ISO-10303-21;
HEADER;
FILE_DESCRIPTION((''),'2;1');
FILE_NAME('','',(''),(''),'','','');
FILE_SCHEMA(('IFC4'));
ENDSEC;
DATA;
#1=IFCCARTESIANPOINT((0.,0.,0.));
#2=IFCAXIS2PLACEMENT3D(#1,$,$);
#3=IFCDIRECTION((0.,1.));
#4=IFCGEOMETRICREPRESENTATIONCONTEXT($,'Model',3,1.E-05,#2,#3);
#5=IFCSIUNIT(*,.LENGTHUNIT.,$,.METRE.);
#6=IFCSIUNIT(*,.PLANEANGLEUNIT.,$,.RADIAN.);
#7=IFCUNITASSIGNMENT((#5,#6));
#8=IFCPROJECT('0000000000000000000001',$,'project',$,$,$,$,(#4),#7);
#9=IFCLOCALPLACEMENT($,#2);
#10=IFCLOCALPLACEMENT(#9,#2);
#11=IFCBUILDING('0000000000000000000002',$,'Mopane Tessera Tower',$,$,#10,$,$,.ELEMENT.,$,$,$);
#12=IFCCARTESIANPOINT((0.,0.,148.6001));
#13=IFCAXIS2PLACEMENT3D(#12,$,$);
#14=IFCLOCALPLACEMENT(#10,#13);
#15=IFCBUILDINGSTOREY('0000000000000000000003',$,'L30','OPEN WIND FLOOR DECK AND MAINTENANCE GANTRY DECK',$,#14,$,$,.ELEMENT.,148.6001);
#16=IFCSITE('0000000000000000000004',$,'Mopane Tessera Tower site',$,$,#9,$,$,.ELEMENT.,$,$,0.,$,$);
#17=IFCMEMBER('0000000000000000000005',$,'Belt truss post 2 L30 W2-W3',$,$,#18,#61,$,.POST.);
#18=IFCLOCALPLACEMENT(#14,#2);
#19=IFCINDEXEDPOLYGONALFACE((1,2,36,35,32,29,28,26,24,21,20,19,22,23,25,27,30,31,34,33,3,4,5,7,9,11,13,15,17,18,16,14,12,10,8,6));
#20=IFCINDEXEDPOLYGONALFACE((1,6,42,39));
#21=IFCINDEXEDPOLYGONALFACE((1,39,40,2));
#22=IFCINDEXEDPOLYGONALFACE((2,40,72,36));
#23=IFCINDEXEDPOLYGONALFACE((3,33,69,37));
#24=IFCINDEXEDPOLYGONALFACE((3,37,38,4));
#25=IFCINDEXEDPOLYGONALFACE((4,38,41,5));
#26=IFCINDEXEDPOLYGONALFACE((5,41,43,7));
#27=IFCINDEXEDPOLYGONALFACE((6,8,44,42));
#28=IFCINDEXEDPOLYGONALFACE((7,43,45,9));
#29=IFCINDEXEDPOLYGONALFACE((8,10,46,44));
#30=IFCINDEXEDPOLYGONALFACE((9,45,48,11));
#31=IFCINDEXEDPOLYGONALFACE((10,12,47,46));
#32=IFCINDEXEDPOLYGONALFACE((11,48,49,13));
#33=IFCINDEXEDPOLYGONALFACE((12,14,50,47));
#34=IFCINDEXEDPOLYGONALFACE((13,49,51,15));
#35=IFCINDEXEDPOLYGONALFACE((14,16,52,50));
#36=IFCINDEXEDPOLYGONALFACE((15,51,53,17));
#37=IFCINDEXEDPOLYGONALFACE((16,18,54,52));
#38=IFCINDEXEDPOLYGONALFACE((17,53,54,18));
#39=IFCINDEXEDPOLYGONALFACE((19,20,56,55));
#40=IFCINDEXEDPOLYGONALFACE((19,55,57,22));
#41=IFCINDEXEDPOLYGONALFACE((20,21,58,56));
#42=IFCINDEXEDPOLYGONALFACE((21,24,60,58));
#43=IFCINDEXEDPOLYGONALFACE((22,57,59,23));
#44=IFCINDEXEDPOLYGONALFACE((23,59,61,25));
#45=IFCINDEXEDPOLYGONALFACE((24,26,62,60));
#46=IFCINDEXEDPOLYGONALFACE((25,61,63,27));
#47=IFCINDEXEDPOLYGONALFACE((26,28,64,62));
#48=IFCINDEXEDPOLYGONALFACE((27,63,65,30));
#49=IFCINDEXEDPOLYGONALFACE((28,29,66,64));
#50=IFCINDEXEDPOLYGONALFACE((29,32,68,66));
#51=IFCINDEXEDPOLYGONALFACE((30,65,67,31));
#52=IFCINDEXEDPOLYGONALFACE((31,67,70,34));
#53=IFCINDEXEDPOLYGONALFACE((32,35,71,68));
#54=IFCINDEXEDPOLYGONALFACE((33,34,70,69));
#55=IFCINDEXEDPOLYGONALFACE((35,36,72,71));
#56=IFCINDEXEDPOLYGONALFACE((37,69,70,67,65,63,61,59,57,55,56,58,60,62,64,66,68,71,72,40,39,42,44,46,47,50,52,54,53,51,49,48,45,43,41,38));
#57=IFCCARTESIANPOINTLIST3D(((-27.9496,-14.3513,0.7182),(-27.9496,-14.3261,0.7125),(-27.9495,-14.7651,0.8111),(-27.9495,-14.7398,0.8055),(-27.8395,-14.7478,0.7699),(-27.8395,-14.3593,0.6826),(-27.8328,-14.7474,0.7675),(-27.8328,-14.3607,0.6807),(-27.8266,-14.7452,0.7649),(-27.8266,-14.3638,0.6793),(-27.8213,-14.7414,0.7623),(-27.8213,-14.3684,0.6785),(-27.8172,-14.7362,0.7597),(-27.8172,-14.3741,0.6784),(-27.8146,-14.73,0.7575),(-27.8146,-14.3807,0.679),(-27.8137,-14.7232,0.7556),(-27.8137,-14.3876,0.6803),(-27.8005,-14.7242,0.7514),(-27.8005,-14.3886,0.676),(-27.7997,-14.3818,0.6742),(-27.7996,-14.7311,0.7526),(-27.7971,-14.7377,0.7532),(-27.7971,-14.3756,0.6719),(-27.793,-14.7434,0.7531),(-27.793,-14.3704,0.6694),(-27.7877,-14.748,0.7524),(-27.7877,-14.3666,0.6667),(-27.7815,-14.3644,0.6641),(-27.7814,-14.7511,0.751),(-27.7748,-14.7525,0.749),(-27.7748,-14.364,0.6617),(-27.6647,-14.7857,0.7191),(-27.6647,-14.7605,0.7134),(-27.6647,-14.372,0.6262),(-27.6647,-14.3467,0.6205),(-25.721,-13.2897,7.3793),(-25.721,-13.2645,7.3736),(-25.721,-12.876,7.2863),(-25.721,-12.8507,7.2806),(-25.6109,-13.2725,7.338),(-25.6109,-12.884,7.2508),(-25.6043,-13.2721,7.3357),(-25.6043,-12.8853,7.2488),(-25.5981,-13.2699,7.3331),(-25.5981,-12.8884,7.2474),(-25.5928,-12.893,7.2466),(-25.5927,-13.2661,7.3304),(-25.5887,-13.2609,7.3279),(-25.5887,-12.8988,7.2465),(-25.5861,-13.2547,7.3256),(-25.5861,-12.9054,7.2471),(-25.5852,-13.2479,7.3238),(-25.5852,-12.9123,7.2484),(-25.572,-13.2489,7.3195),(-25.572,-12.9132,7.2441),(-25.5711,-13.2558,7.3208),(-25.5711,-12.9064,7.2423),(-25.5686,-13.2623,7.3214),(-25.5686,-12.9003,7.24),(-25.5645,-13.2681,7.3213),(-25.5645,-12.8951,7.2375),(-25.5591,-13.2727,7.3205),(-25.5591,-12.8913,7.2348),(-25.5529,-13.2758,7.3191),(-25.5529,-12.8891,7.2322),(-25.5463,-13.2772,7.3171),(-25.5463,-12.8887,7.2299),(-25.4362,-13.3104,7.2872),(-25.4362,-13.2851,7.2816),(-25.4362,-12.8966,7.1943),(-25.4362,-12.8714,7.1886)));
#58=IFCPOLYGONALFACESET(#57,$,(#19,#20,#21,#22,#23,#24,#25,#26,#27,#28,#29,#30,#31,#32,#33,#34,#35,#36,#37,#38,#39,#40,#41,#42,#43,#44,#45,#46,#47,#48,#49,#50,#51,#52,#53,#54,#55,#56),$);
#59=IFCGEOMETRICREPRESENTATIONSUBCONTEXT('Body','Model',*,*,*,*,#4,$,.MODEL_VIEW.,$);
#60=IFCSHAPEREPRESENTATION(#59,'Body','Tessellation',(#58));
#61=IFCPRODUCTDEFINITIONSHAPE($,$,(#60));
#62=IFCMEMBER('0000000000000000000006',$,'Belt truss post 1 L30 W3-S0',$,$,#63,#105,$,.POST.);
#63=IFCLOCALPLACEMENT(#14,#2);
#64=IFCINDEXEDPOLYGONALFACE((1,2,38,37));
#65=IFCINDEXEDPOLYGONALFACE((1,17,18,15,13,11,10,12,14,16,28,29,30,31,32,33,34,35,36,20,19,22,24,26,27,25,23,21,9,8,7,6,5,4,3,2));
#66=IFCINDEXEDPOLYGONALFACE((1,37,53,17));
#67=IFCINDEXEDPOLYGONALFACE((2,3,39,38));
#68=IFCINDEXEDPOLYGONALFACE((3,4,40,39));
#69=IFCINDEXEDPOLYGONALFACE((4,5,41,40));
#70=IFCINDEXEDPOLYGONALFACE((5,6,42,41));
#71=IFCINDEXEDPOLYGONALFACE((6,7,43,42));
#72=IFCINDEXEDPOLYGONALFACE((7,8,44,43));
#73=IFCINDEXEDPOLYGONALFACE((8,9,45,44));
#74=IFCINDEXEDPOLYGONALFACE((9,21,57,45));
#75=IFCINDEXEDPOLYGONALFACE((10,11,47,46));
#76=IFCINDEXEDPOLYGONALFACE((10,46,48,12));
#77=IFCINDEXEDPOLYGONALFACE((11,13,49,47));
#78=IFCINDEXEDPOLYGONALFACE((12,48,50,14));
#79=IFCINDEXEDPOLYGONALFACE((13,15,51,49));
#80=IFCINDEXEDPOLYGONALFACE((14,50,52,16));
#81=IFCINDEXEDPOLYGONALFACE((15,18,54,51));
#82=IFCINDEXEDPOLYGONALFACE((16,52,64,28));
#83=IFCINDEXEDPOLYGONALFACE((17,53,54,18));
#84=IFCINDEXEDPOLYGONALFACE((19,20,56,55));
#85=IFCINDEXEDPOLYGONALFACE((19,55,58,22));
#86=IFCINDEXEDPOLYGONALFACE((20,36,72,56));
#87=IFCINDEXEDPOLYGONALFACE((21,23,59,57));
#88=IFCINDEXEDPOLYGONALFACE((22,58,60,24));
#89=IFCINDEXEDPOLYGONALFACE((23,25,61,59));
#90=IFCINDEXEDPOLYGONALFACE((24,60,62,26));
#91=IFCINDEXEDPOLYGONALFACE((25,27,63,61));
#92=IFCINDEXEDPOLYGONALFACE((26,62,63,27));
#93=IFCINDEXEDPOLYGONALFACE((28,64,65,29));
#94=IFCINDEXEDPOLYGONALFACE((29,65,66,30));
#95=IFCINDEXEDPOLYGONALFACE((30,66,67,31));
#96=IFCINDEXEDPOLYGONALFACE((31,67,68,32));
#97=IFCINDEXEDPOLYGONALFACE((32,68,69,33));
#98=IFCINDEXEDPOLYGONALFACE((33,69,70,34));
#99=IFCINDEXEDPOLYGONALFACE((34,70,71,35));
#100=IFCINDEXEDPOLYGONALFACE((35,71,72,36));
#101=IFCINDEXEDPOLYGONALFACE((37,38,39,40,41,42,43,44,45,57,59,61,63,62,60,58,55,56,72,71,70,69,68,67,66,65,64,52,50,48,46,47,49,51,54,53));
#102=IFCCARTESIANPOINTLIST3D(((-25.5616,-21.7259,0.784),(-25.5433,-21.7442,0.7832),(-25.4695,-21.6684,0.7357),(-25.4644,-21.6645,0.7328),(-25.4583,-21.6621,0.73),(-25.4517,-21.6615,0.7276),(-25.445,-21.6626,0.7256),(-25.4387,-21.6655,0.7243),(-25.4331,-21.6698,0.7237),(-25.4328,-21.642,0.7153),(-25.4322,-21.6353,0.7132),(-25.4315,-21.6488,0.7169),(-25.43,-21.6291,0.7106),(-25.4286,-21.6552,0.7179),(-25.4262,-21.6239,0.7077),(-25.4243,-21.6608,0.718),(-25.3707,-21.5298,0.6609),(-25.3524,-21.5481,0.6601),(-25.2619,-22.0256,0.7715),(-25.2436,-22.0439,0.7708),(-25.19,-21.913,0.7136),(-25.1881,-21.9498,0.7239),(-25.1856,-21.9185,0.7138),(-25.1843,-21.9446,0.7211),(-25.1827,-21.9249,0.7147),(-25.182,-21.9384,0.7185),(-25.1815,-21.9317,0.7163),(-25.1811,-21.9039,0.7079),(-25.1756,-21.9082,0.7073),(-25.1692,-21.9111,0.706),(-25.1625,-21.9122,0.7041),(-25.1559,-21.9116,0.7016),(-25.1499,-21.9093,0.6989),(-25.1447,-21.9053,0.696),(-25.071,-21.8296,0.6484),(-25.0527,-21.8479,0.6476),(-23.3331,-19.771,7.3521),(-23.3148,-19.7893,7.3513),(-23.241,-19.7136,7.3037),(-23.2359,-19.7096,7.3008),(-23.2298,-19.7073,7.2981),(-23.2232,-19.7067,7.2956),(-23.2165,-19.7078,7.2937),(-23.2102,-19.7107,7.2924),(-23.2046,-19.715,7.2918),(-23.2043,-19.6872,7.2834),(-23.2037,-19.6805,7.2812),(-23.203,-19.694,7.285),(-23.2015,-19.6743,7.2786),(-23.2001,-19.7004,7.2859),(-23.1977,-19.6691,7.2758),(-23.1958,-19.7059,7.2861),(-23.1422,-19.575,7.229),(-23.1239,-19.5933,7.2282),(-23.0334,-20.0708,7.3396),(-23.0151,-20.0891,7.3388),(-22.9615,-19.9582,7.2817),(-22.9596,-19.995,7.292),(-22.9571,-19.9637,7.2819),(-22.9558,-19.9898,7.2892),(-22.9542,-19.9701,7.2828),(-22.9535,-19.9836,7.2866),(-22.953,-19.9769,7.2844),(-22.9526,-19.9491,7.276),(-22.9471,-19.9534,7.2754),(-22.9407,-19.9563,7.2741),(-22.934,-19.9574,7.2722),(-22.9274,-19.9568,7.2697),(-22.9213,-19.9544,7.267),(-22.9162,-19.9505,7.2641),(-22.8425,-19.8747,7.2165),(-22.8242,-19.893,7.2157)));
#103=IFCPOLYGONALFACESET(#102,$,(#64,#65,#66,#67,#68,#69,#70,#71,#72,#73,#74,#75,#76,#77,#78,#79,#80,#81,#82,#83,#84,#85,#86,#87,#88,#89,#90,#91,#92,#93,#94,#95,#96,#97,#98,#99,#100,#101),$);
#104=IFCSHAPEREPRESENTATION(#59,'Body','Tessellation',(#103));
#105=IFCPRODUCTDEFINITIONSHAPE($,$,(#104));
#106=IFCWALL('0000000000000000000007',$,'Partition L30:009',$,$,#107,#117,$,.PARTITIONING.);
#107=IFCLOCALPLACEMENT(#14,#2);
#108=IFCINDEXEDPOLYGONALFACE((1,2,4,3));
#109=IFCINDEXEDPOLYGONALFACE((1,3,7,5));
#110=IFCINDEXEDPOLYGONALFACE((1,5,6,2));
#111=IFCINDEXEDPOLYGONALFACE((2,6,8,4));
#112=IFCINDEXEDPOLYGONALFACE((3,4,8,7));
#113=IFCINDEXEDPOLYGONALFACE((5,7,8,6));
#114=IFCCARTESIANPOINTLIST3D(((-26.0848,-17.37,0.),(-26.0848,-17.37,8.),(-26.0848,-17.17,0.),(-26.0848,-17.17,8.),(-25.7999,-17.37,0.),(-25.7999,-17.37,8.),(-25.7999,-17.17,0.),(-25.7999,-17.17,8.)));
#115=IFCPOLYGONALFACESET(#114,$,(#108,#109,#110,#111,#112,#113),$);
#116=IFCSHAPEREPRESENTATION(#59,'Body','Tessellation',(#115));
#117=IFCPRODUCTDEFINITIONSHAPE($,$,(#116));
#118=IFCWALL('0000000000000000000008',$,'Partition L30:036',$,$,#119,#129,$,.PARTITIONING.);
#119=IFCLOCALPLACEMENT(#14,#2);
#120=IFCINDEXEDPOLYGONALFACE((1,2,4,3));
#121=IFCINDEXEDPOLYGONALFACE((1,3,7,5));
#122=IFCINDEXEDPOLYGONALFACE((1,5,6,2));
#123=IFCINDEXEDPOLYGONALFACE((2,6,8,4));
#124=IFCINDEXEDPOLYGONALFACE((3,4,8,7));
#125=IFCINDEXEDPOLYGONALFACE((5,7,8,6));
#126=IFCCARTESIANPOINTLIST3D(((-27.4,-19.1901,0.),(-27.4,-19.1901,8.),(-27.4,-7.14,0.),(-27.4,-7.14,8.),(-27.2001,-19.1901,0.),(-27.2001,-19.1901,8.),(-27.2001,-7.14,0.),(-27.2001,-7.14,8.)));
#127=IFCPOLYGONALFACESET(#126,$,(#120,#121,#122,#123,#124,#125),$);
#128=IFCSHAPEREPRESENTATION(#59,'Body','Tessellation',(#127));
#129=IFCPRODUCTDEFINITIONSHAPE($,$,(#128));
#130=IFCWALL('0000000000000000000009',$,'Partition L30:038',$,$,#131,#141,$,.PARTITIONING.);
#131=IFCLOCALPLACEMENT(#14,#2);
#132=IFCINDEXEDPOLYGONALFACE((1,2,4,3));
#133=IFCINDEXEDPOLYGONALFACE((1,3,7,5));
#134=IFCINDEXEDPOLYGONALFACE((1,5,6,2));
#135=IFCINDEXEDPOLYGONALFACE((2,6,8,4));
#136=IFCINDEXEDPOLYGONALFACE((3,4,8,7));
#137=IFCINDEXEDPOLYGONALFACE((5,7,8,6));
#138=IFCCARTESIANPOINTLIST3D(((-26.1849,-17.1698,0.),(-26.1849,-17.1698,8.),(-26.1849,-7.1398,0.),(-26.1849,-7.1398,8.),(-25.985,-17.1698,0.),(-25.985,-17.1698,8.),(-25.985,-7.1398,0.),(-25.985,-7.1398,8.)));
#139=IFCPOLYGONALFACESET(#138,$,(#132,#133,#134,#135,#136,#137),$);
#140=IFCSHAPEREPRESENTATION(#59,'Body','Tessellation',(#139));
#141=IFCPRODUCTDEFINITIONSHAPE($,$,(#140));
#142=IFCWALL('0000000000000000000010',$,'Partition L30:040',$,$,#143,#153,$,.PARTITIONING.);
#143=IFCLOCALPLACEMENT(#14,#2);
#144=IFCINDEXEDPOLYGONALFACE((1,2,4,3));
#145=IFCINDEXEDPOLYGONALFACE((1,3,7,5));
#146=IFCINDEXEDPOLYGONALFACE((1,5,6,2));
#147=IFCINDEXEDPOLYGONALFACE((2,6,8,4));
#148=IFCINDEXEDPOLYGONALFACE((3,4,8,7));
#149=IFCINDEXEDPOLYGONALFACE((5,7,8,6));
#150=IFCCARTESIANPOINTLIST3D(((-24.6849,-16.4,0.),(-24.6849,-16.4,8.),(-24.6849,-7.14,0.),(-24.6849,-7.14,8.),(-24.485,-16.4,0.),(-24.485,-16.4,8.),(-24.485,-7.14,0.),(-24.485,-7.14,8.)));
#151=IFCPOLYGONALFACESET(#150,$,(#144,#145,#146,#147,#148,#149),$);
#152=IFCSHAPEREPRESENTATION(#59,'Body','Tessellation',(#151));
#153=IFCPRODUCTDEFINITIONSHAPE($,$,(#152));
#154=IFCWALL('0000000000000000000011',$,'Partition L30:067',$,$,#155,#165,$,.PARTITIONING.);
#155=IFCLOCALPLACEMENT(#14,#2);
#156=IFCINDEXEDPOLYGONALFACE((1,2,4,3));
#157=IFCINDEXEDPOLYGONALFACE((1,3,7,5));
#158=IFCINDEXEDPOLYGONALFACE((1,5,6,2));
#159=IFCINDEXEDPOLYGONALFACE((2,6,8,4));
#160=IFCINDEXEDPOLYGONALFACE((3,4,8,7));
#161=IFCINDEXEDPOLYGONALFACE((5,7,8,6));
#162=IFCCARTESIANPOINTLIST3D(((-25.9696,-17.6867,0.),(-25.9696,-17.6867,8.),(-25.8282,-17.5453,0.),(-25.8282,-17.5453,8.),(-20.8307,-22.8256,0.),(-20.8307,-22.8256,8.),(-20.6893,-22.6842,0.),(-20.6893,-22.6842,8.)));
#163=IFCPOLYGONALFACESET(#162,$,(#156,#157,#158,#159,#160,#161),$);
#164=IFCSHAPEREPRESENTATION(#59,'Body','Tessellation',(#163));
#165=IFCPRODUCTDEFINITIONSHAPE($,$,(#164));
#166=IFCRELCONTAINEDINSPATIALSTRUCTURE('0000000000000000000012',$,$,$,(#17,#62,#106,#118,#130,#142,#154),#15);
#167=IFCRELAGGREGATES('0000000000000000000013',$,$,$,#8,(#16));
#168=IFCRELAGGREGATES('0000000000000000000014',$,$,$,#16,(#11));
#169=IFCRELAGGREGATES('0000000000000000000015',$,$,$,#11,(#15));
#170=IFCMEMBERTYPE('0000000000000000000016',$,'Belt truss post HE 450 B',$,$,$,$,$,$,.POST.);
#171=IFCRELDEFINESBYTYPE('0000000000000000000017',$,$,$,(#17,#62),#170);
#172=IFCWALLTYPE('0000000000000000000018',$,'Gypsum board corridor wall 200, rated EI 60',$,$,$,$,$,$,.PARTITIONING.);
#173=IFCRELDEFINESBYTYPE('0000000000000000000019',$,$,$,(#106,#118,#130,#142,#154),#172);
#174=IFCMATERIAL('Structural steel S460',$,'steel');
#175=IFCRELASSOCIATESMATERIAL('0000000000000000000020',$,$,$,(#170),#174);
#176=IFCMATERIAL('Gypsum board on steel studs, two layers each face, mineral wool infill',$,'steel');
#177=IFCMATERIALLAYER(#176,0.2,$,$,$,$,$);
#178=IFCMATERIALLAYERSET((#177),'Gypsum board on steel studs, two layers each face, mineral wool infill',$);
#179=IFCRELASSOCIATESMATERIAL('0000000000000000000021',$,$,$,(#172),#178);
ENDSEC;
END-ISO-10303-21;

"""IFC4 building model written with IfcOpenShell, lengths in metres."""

from ifc_helpers import new_model, si_unit, direction, frame, frame_2d, origin, origin_2d, place, context, subcontext, project, spatial, rectangle, i_section, extrude, material, layer, layer_set, material_profile, profile_set, type_object, element, save


model = new_model("IFC4")

# Units and contexts
model_context = context("Model", 3, precision=1e-05, world=origin(), true_north=direction((0.0, 1.0)))
body_context = subcontext(model_context, "Body", "Model", "MODEL_VIEW")
ifc_project = project(units=[si_unit("LENGTHUNIT", "METRE"), si_unit("PLANEANGLEUNIT", "RADIAN")], contexts=[model_context])

# Site, building, storey
site_placement = place(None, origin())
site = spatial("IfcSite", under=ifc_project, at=site_placement, Name="Mopane Tessera Tower site", CompositionType="ELEMENT", RefElevation=0.0)
building_placement = place(site_placement, origin())
building = spatial("IfcBuilding", under=site, at=building_placement, Name="Mopane Tessera Tower", CompositionType="ELEMENT")
storey_placement = place(building_placement, frame((0.0, 0.0, 148.6001)))
storey = spatial("IfcBuildingStorey", under=building, at=storey_placement, Name="L30", Description="OPEN WIND FLOOR DECK AND MAINTENANCE GANTRY DECK", CompositionType="ELEMENT", Elevation=148.6001)

# Members
ifc_material_1 = material(Name="Structural steel S460", Category="steel")
ifc_material_profile_1 = material_profile(ifc_material_1, i_section(OverallWidth=0.3, OverallDepth=0.45, WebThickness=0.0139, FlangeThickness=0.0259, FilletRadius=0.0271, at=origin_2d()))
ifc_profile_set_1 = profile_set([ifc_material_profile_1], Name="Structural steel S460")
member_type_1 = type_object("IfcMemberType", Name="Belt truss post HE 450 B", PredefinedType="POST", material=ifc_profile_set_1)
member_1_placement = place(storey_placement, frame((-27.8071, -14.5559, 0.7158), z_axis=(0.314271, 0.208057, 0.926254), x_axis=(0.949333, -0.068845, -0.306638)))
element("IfcMember", 1, at=member_1_placement, inside=storey, type_object=member_type_1, Name="Belt truss post 2 L30 W2-W3", PredefinedType="POST", context=body_context, shape_type="SweptSolid", body=[
    extrude(i_section(OverallWidth=0.3, OverallDepth=0.45, WebThickness=0.0139, FlangeThickness=0.0259, FilletRadius=0.0271, at=origin_2d()), origin(), (0.0, 0.0, 1.0), 7.0911),
])
member_2_placement = place(storey_placement, frame((-25.3071, -21.7869, 0.7158), z_axis=(0.309254, 0.271275, 0.911467), x_axis=(0.636223, 0.653345, -0.410318)))
element("IfcMember", 2, at=member_2_placement, inside=storey, type_object=member_type_1, Name="Belt truss post 1 L30 W3-S0", PredefinedType="POST", context=body_context, shape_type="SweptSolid", body=[
    extrude(i_section(OverallWidth=0.3, OverallDepth=0.45, WebThickness=0.0139, FlangeThickness=0.0259, FilletRadius=0.0271, at=origin_2d()), origin(), (0.0, 0.0, 1.0), 7.2061),
])

# Walls
ifc_material_2 = material(Name="Gypsum board on steel studs, two layers each face, mineral wool infill", Category="steel")
ifc_layer_1 = layer(ifc_material_2, 0.2)
ifc_layer_set_1 = layer_set([ifc_layer_1], Name="Gypsum board on steel studs, two layers each face, mineral wool infill")
wall_type = type_object("IfcWallType", Name="Gypsum board corridor wall 200, rated EI 60", PredefinedType="PARTITIONING", material=ifc_layer_set_1)
wall_1_placement = place(storey_placement, frame((-26.085, -17.27, 0.0), z_axis=(0.0, 0.0, 1.0), x_axis=(1.0, 0.0, 0.0)))
element("IfcWall", 3, at=wall_1_placement, inside=storey, type_object=wall_type, Name="Partition L30:009", PredefinedType="PARTITIONING", context=body_context, shape_type="SweptSolid", body=[
    extrude(rectangle(XDim=0.2849, YDim=0.2, at=frame_2d((0.1426, 0.0))), origin(), (0.0, 0.0, 1.0), 8.0),
])
wall_2_placement = place(storey_placement, frame((-27.3, -19.1899, 0.0), z_axis=(0.0, 0.0, 1.0), x_axis=(0.0, 1.0, 0.0)))
element("IfcWall", 4, at=wall_2_placement, inside=storey, type_object=wall_type, Name="Partition L30:036", PredefinedType="PARTITIONING", context=body_context, shape_type="SweptSolid", body=[
    extrude(rectangle(XDim=12.05, YDim=0.2, at=frame_2d((6.0249, 0.0))), origin(), (0.0, 0.0, 1.0), 8.0),
])
wall_3_placement = place(storey_placement, frame((-26.085, -17.1699, 0.0), z_axis=(0.0, 0.0, 1.0), x_axis=(0.0, 1.0, 0.0)))
element("IfcWall", 5, at=wall_3_placement, inside=storey, type_object=wall_type, Name="Partition L30:038", PredefinedType="PARTITIONING", context=body_context, shape_type="SweptSolid", body=[
    extrude(rectangle(XDim=10.03, YDim=0.2, at=frame_2d((5.0151, 0.0))), origin(), (0.0, 0.0, 1.0), 8.0),
])
wall_4_placement = place(storey_placement, frame((-24.585, -16.3999, 0.0), z_axis=(0.0, 0.0, 1.0), x_axis=(0.0, 1.0, 0.0)))
element("IfcWall", 6, at=wall_4_placement, inside=storey, type_object=wall_type, Name="Partition L30:040", PredefinedType="PARTITIONING", context=body_context, shape_type="SweptSolid", body=[
    extrude(rectangle(XDim=9.26, YDim=0.2, at=frame_2d((4.6299, 0.0))), origin(), (0.0, 0.0, 1.0), 8.0),
])
wall_5_placement = place(storey_placement, frame((-25.8989, -17.616, 0.0), z_axis=(0.0, 0.0, 1.0), x_axis=(0.707107, -0.707107, 0.0)))
element("IfcWall", 7, at=wall_5_placement, inside=storey, type_object=wall_type, Name="Partition L30:067", PredefinedType="PARTITIONING", context=body_context, shape_type="SweptSolid", body=[
    extrude(rectangle(XDim=7.2676, YDim=0.2, at=frame_2d((3.6338, 0.0))), origin(), (0.0, 0.0, 1.0), 8.0),
])

save(model, "model.ifc")
